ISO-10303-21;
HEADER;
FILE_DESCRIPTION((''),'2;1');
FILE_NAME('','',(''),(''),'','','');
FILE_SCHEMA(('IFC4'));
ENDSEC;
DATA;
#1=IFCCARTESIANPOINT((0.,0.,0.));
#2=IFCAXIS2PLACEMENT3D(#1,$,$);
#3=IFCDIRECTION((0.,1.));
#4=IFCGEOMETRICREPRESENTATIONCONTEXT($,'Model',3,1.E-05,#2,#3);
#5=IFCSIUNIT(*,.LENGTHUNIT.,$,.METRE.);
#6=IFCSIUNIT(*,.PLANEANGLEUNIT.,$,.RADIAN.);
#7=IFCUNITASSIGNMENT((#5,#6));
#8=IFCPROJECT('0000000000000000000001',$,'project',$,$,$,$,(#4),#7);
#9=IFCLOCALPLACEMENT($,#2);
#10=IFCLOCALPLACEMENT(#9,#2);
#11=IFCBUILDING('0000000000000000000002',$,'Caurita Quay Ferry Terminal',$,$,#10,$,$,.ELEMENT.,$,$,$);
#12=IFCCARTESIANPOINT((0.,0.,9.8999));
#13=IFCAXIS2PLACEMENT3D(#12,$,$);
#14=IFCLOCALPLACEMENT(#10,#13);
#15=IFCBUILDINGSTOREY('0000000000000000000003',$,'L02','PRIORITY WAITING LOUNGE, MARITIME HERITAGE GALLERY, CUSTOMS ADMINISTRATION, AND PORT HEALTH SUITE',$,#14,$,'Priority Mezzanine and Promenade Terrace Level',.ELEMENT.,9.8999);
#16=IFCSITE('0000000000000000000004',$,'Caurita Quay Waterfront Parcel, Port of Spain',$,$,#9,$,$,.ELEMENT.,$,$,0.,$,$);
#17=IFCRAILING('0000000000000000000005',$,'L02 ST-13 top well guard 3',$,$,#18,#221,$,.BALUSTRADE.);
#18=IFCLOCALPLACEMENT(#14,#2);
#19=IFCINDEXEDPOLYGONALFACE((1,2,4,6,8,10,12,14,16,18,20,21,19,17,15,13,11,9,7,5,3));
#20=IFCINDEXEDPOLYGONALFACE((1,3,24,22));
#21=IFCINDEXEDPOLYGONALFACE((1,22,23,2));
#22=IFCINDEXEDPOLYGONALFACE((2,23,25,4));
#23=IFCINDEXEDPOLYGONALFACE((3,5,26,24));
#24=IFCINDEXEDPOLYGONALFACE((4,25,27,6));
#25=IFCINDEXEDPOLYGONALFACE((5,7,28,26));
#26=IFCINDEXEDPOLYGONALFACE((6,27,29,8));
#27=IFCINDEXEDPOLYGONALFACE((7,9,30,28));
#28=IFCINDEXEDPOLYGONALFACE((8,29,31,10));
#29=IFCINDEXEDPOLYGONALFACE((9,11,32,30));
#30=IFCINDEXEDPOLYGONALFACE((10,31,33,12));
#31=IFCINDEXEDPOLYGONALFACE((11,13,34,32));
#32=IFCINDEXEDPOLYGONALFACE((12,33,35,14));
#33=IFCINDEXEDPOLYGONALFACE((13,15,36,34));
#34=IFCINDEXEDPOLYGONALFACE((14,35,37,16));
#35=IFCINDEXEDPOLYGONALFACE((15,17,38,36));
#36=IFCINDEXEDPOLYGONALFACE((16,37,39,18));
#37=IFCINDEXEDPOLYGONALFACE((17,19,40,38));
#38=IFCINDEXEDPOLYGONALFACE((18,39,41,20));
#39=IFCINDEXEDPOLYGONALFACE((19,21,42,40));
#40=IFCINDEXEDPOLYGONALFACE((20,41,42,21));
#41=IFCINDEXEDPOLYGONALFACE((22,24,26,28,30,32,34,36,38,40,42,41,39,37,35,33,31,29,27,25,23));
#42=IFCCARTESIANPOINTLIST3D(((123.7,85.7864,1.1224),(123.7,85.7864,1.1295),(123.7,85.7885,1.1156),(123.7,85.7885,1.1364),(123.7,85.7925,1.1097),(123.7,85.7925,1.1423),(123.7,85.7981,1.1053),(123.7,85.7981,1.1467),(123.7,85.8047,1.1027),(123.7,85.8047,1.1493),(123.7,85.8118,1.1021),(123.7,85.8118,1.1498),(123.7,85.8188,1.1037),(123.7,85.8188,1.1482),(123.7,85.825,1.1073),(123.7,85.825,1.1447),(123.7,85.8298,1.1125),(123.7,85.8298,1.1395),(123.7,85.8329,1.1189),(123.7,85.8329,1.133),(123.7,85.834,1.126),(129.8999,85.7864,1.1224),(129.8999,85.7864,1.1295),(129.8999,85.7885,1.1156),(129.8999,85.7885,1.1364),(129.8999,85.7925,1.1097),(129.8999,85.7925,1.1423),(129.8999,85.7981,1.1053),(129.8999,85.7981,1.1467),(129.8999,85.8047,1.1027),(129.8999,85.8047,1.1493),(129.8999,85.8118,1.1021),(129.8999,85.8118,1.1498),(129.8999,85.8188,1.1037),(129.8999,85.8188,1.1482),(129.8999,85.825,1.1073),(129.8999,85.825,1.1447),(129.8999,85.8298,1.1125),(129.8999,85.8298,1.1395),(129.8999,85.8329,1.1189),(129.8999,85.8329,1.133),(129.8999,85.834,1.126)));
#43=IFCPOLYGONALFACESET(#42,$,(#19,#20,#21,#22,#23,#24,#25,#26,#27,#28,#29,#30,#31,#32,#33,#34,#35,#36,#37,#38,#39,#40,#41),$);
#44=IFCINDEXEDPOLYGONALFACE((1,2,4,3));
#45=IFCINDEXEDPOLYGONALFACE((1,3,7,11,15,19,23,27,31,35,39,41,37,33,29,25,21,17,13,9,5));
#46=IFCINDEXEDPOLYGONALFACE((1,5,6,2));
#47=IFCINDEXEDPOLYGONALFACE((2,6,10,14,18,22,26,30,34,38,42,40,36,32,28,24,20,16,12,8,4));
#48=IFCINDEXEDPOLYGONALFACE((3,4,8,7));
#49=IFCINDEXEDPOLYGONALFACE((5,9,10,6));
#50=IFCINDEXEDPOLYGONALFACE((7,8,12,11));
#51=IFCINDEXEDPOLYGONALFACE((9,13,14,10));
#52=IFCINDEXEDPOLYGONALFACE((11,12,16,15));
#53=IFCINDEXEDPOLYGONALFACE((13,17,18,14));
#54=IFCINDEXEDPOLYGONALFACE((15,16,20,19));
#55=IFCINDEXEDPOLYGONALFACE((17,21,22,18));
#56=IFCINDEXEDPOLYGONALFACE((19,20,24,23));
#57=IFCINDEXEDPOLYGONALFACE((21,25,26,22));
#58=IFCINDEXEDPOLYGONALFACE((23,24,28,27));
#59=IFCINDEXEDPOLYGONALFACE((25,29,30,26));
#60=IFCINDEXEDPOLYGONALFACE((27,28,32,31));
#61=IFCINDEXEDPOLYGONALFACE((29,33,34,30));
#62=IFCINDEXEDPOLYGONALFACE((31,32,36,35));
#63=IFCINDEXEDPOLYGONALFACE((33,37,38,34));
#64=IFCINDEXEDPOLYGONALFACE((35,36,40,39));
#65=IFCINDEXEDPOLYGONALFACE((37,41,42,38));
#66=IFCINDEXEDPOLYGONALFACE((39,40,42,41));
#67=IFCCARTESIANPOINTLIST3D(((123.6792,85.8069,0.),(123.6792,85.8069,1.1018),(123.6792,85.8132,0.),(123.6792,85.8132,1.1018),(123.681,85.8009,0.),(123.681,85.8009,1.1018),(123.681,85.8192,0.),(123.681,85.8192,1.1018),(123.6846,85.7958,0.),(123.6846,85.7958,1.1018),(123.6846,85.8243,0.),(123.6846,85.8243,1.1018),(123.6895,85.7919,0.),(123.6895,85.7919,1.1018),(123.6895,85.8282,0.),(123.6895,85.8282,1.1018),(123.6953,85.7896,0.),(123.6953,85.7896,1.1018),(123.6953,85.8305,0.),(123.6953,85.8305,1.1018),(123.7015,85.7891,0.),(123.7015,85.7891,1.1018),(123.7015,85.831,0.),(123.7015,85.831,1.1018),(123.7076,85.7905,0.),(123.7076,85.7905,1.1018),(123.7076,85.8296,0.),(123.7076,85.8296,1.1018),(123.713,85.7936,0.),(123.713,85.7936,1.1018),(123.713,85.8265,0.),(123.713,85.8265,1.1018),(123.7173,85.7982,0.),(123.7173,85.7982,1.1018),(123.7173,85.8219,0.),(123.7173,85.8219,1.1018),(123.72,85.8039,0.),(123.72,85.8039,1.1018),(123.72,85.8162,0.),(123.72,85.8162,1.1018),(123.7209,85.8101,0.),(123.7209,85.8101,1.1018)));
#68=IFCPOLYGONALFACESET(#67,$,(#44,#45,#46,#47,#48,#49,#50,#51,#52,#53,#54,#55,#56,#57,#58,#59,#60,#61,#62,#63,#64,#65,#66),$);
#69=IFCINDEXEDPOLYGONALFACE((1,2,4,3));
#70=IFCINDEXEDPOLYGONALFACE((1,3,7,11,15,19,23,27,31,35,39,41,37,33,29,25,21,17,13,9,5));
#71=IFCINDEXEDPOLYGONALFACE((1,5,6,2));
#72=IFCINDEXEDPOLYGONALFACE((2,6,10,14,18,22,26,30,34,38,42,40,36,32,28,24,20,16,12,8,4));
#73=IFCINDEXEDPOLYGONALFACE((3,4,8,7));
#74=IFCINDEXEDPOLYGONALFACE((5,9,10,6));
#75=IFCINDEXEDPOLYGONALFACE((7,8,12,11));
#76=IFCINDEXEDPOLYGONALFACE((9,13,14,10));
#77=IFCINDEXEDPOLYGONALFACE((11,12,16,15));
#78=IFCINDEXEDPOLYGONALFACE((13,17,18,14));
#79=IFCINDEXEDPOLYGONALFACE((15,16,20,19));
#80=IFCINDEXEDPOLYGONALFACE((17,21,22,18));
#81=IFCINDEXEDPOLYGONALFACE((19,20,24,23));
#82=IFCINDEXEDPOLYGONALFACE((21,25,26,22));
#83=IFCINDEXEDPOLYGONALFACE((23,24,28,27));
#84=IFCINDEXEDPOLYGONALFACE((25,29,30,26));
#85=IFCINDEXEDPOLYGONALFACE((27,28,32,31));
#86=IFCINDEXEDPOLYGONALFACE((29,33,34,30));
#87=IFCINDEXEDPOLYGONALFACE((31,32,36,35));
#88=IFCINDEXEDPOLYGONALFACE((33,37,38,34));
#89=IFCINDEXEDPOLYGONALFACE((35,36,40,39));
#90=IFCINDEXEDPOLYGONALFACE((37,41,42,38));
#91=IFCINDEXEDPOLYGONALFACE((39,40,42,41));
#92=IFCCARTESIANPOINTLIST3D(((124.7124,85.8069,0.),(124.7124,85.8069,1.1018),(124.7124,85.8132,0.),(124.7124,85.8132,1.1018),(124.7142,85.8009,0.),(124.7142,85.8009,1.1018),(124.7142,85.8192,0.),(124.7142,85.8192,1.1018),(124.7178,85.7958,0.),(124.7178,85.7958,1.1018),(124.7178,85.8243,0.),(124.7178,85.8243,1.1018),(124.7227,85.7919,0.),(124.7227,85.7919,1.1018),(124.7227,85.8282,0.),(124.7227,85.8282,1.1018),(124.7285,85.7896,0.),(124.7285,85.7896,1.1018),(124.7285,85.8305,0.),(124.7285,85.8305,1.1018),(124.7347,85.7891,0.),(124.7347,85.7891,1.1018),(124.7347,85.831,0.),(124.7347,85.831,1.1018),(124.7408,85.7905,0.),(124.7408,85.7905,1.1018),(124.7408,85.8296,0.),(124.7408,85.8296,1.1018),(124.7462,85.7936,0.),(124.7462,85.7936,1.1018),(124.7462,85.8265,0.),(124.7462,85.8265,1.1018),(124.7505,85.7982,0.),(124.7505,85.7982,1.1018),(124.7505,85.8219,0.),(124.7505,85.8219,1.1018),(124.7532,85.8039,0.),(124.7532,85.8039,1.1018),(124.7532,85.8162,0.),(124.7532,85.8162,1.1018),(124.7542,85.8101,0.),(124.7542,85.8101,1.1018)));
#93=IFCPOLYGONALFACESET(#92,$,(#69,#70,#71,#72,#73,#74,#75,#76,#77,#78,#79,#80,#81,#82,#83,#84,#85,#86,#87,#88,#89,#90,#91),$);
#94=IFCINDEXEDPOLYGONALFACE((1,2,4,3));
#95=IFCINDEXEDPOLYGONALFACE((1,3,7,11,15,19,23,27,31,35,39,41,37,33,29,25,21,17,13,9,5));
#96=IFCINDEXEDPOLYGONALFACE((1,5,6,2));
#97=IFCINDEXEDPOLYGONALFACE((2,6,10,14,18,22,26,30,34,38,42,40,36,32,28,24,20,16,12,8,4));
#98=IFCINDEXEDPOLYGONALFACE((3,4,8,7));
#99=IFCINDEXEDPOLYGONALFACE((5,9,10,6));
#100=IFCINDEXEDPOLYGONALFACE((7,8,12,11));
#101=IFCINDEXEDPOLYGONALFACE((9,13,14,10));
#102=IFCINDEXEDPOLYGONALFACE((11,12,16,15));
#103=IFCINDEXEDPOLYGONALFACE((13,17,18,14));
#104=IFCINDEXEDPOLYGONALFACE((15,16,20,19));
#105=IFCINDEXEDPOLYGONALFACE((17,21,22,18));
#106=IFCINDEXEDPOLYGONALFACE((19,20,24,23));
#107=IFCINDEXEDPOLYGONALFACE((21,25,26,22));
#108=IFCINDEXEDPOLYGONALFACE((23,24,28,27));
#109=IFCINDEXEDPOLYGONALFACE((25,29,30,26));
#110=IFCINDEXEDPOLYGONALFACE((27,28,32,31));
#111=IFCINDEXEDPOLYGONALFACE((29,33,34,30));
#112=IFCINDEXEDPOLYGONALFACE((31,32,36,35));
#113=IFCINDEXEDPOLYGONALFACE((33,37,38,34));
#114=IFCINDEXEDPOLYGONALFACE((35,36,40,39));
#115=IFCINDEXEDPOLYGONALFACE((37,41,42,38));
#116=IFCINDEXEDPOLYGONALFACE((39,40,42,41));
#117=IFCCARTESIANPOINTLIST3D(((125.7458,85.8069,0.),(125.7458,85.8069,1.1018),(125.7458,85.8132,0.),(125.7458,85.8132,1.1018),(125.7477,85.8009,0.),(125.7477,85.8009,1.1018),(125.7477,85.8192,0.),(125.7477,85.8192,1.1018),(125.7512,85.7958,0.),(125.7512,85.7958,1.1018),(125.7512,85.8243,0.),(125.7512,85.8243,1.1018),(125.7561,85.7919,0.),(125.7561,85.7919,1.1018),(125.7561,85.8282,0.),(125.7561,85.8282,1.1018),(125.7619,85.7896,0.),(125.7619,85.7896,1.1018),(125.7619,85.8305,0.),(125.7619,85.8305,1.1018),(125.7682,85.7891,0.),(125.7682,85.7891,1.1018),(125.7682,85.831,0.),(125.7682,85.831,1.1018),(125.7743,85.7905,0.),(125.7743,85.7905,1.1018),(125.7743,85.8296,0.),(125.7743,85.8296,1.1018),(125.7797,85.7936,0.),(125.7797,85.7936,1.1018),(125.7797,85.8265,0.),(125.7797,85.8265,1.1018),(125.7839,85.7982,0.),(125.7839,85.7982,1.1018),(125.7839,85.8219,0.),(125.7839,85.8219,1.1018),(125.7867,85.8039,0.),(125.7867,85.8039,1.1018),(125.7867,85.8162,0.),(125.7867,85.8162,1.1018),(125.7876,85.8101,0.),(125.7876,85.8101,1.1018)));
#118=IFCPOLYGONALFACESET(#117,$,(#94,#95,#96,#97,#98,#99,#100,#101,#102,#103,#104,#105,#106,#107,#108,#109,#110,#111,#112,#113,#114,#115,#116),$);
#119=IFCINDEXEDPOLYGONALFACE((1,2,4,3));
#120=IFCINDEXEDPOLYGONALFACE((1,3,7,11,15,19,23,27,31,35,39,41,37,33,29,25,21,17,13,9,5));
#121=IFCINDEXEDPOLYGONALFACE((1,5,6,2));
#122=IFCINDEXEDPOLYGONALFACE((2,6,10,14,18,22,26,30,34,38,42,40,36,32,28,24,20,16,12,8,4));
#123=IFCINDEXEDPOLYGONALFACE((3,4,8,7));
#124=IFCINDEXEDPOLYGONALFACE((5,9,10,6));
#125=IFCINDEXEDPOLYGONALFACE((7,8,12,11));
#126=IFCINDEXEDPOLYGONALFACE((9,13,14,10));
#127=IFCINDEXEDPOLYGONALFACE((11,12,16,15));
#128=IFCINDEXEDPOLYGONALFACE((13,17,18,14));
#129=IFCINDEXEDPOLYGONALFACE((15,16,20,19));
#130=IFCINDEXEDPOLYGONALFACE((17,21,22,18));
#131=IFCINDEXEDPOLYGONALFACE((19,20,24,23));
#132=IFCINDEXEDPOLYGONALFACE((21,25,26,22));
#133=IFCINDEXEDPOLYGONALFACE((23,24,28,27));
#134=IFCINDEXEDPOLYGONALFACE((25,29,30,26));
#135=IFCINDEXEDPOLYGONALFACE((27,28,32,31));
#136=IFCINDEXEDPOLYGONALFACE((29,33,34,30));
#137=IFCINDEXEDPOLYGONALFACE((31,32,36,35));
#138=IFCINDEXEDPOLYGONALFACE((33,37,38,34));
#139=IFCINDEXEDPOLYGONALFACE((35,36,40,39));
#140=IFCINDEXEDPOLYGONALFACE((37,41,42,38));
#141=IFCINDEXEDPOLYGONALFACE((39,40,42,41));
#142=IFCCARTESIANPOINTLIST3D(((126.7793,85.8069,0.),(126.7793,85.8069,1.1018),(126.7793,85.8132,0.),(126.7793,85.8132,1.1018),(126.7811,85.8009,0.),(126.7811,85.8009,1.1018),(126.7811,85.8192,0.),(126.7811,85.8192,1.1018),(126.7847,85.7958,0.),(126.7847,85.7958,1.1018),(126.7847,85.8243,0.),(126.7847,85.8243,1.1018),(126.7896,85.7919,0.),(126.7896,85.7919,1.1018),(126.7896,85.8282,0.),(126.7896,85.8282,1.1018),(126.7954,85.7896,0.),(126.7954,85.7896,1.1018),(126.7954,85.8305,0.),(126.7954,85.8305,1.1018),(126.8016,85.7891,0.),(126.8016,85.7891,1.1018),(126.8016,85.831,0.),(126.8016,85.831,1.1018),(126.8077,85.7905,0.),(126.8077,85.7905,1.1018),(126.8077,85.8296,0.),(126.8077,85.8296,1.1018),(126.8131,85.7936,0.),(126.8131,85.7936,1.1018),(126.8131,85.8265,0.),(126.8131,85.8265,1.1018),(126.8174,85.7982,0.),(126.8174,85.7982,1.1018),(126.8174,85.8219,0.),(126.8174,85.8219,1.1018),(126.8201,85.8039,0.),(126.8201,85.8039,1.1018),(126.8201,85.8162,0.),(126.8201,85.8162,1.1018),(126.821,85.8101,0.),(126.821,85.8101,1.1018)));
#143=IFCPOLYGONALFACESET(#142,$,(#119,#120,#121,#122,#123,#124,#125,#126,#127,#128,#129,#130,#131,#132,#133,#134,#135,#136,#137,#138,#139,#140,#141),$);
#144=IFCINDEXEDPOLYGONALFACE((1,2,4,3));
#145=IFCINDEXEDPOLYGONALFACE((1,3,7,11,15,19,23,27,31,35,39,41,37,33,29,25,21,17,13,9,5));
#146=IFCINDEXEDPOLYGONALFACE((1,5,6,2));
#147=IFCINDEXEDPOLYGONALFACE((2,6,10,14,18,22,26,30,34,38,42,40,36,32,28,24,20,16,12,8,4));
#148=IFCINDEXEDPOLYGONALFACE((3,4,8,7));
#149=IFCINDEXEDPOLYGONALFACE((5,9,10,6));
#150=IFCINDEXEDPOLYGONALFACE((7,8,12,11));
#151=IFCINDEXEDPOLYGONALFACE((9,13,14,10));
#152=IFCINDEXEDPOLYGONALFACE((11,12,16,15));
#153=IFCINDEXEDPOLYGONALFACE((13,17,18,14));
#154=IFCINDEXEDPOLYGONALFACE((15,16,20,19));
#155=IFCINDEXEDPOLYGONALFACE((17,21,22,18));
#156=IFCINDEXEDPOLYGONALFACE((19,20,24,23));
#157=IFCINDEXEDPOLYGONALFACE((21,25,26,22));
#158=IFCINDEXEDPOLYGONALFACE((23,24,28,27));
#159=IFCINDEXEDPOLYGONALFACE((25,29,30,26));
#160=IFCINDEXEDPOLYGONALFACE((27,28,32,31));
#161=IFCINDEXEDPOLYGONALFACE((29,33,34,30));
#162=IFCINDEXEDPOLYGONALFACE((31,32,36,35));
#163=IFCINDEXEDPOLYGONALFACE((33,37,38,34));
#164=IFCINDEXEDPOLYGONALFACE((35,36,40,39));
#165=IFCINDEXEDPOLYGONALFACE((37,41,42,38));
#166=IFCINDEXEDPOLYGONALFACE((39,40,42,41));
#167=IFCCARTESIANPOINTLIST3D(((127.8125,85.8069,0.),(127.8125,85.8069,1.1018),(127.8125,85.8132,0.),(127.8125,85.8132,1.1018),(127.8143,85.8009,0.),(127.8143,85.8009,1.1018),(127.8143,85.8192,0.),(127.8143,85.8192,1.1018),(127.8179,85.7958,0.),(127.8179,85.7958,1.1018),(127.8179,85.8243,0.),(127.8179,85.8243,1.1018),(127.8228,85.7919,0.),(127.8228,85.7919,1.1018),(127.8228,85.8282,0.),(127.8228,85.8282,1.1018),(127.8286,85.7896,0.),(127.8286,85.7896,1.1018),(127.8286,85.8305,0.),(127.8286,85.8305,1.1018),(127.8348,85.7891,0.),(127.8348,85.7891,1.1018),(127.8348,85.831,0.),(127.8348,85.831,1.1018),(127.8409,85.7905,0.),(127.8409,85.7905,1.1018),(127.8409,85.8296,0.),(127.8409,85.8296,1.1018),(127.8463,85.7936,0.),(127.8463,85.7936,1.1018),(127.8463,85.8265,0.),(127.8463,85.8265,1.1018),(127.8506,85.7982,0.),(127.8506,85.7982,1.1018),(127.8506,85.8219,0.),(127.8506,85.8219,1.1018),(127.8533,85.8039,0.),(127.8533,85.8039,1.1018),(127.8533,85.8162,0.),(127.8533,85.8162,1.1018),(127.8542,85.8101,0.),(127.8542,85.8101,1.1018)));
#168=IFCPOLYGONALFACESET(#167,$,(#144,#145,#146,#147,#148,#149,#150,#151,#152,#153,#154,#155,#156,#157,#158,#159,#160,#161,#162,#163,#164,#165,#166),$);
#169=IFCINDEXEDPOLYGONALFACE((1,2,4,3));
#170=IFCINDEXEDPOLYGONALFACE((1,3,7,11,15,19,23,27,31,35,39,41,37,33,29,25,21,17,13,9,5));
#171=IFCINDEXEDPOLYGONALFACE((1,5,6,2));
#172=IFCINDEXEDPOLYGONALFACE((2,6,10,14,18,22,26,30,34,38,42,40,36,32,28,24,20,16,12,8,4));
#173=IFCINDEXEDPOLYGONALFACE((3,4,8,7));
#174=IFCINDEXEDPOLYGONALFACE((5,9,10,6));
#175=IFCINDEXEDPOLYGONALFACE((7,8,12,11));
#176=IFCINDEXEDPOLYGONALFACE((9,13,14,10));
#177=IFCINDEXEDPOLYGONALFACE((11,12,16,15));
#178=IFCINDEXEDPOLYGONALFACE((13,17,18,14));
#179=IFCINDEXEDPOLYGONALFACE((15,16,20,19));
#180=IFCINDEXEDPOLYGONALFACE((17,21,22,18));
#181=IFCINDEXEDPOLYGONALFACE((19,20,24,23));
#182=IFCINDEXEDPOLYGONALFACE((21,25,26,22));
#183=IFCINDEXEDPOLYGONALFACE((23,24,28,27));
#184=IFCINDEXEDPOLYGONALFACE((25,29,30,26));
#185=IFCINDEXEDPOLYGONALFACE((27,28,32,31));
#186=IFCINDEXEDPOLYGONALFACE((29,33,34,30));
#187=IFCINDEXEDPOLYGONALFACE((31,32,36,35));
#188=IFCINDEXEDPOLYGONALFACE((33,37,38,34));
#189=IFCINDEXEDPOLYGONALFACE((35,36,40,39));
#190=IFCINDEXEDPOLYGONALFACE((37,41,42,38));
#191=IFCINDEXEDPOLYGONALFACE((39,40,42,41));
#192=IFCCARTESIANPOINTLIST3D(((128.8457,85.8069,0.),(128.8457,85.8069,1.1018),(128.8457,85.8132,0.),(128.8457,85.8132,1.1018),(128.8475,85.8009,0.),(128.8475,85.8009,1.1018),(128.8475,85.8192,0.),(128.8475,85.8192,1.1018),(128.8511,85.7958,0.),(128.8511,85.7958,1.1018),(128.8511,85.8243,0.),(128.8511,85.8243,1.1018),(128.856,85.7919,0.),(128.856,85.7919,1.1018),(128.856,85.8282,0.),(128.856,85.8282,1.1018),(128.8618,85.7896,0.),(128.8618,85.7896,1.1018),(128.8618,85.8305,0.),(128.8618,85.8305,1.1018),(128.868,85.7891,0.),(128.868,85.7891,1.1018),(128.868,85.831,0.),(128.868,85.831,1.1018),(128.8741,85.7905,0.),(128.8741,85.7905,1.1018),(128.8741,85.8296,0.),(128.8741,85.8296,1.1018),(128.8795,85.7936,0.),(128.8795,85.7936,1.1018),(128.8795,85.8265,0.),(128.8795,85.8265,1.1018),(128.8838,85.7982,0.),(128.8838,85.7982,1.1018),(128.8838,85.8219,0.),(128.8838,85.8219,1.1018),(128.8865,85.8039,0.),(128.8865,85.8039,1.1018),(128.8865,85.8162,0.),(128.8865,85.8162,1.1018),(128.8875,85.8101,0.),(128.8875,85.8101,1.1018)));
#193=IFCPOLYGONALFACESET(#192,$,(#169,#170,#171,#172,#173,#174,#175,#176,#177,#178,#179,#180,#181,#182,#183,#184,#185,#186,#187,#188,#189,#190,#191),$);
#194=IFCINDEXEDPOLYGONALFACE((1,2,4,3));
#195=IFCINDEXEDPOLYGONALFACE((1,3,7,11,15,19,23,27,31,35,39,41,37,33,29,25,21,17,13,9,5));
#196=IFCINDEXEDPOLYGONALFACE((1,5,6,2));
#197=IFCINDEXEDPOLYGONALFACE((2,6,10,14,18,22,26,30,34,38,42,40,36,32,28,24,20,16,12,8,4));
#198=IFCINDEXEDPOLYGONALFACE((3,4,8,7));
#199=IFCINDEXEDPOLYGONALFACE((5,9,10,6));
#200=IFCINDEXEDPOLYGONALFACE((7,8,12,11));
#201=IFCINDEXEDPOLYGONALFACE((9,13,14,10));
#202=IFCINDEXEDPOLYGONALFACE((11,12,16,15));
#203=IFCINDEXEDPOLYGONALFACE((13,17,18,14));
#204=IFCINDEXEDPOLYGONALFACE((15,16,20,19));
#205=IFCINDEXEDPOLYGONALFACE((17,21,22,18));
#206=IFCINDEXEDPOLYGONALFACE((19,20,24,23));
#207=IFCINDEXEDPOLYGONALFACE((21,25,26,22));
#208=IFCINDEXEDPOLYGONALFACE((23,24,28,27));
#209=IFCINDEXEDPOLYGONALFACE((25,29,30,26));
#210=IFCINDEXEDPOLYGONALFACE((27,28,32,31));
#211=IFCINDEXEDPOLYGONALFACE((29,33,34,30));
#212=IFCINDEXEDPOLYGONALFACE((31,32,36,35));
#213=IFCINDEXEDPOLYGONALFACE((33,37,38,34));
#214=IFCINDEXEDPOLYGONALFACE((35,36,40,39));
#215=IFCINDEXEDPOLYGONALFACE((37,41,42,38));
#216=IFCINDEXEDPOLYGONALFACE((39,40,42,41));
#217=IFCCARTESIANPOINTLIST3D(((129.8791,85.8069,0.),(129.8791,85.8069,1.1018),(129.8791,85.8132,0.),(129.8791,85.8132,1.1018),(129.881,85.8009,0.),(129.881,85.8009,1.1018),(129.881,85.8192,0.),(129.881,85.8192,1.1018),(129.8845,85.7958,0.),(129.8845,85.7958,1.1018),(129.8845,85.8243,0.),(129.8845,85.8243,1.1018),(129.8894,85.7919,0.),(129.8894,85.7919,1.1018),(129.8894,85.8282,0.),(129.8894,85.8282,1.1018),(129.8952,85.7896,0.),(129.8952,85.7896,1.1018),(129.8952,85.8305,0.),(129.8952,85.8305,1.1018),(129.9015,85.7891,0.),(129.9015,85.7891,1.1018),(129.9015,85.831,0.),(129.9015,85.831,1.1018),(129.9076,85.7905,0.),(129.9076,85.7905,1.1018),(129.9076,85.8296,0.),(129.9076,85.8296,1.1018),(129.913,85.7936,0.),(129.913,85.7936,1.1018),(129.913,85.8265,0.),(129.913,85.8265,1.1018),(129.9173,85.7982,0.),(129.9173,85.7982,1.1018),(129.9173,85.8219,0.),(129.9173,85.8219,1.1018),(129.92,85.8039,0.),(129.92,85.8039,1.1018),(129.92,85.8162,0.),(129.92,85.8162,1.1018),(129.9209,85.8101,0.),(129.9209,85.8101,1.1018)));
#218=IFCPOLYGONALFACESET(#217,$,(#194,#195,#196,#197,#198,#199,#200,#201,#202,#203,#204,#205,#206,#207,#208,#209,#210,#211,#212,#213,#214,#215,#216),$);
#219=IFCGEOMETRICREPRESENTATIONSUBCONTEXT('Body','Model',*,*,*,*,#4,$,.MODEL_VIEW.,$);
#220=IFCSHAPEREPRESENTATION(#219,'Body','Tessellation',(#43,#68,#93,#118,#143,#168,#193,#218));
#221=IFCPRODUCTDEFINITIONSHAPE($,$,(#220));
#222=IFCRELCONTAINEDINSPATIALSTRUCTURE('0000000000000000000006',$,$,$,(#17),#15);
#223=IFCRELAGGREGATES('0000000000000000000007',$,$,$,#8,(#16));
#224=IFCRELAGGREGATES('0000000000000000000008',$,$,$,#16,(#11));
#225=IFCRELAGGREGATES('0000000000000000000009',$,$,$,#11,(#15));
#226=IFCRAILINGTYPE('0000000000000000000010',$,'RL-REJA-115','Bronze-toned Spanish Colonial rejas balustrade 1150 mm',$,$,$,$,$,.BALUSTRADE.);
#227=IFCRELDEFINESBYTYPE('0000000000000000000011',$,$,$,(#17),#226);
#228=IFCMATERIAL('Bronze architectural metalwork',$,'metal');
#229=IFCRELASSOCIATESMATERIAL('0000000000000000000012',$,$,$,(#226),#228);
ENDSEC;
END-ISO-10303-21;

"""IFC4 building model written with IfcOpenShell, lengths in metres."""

from ifc_helpers import new_model, si_unit, direction, frame, origin, origin_2d, place, context, subcontext, project, spatial, circle, extrude, material, type_object, element, save


model = new_model("IFC4")

# Units and contexts
model_context = context("Model", 3, precision=1e-05, world=origin(), true_north=direction((0.0, 1.0)))
body_context = subcontext(model_context, "Body", "Model", "MODEL_VIEW")
ifc_project = project(units=[si_unit("LENGTHUNIT", "METRE"), si_unit("PLANEANGLEUNIT", "RADIAN")], contexts=[model_context])

# Site, building, storey
site_placement = place(None, origin())
site = spatial("IfcSite", under=ifc_project, at=site_placement, Name="Caurita Quay Waterfront Parcel, Port of Spain", CompositionType="ELEMENT", RefElevation=0.0)
building_placement = place(site_placement, origin())
building = spatial("IfcBuilding", under=site, at=building_placement, Name="Caurita Quay Ferry Terminal", CompositionType="ELEMENT")
storey_placement = place(building_placement, frame((0.0, 0.0, 9.8999)))
storey = spatial("IfcBuildingStorey", under=building, at=storey_placement, Name="L02", Description="PRIORITY WAITING LOUNGE, MARITIME HERITAGE GALLERY, CUSTOMS ADMINISTRATION, AND PORT HEALTH SUITE", LongName="Priority Mezzanine and Promenade Terrace Level", CompositionType="ELEMENT", Elevation=9.8999)

# Railing
ifc_material_1 = material(Name="Bronze architectural metalwork", Category="metal")
railing_type = type_object("IfcRailingType", Name="RL-REJA-115", Description="Bronze-toned Spanish Colonial rejas balustrade 1150 mm", PredefinedType="BALUSTRADE", material=ifc_material_1)
railing_1_placement = place(storey_placement, frame((123.7, 85.8101, 0.0)))
element("IfcRailing", 1, at=railing_1_placement, inside=storey, type_object=railing_type, Name="L02 ST-13 top well guard 3", PredefinedType="BALUSTRADE", context=body_context, shape_type="SweptSolid", body=[
    extrude(circle(Radius=0.0239, at=origin_2d()), frame((0.0, 0.0, 1.126), z_axis=(1.0, 0.0, 0.0), x_axis=(0.0, 1.0, 0.0)), (0.0, 0.0, 1.0), 6.2),
    extrude(circle(Radius=0.021, at=origin_2d()), origin(), (0.0, 0.0, 1.0), 1.1018),
    extrude(circle(Radius=0.021, at=origin_2d()), frame((1.0332, 0.0, 0.0)), (0.0, 0.0, 1.0), 1.1018),
    extrude(circle(Radius=0.021, at=origin_2d()), frame((2.0667, 0.0, 0.0)), (0.0, 0.0, 1.0), 1.1018),
    extrude(circle(Radius=0.021, at=origin_2d()), frame((3.1001, 0.0, 0.0)), (0.0, 0.0, 1.0), 1.1018),
    extrude(circle(Radius=0.021, at=origin_2d()), frame((4.1333, 0.0, 0.0)), (0.0, 0.0, 1.0), 1.1018),
    extrude(circle(Radius=0.021, at=origin_2d()), frame((5.1665, 0.0, 0.0)), (0.0, 0.0, 1.0), 1.1018),
    extrude(circle(Radius=0.021, at=origin_2d()), frame((6.2, 0.0, 0.0)), (0.0, 0.0, 1.0), 1.1018),
])

save(model, "model.ifc")
